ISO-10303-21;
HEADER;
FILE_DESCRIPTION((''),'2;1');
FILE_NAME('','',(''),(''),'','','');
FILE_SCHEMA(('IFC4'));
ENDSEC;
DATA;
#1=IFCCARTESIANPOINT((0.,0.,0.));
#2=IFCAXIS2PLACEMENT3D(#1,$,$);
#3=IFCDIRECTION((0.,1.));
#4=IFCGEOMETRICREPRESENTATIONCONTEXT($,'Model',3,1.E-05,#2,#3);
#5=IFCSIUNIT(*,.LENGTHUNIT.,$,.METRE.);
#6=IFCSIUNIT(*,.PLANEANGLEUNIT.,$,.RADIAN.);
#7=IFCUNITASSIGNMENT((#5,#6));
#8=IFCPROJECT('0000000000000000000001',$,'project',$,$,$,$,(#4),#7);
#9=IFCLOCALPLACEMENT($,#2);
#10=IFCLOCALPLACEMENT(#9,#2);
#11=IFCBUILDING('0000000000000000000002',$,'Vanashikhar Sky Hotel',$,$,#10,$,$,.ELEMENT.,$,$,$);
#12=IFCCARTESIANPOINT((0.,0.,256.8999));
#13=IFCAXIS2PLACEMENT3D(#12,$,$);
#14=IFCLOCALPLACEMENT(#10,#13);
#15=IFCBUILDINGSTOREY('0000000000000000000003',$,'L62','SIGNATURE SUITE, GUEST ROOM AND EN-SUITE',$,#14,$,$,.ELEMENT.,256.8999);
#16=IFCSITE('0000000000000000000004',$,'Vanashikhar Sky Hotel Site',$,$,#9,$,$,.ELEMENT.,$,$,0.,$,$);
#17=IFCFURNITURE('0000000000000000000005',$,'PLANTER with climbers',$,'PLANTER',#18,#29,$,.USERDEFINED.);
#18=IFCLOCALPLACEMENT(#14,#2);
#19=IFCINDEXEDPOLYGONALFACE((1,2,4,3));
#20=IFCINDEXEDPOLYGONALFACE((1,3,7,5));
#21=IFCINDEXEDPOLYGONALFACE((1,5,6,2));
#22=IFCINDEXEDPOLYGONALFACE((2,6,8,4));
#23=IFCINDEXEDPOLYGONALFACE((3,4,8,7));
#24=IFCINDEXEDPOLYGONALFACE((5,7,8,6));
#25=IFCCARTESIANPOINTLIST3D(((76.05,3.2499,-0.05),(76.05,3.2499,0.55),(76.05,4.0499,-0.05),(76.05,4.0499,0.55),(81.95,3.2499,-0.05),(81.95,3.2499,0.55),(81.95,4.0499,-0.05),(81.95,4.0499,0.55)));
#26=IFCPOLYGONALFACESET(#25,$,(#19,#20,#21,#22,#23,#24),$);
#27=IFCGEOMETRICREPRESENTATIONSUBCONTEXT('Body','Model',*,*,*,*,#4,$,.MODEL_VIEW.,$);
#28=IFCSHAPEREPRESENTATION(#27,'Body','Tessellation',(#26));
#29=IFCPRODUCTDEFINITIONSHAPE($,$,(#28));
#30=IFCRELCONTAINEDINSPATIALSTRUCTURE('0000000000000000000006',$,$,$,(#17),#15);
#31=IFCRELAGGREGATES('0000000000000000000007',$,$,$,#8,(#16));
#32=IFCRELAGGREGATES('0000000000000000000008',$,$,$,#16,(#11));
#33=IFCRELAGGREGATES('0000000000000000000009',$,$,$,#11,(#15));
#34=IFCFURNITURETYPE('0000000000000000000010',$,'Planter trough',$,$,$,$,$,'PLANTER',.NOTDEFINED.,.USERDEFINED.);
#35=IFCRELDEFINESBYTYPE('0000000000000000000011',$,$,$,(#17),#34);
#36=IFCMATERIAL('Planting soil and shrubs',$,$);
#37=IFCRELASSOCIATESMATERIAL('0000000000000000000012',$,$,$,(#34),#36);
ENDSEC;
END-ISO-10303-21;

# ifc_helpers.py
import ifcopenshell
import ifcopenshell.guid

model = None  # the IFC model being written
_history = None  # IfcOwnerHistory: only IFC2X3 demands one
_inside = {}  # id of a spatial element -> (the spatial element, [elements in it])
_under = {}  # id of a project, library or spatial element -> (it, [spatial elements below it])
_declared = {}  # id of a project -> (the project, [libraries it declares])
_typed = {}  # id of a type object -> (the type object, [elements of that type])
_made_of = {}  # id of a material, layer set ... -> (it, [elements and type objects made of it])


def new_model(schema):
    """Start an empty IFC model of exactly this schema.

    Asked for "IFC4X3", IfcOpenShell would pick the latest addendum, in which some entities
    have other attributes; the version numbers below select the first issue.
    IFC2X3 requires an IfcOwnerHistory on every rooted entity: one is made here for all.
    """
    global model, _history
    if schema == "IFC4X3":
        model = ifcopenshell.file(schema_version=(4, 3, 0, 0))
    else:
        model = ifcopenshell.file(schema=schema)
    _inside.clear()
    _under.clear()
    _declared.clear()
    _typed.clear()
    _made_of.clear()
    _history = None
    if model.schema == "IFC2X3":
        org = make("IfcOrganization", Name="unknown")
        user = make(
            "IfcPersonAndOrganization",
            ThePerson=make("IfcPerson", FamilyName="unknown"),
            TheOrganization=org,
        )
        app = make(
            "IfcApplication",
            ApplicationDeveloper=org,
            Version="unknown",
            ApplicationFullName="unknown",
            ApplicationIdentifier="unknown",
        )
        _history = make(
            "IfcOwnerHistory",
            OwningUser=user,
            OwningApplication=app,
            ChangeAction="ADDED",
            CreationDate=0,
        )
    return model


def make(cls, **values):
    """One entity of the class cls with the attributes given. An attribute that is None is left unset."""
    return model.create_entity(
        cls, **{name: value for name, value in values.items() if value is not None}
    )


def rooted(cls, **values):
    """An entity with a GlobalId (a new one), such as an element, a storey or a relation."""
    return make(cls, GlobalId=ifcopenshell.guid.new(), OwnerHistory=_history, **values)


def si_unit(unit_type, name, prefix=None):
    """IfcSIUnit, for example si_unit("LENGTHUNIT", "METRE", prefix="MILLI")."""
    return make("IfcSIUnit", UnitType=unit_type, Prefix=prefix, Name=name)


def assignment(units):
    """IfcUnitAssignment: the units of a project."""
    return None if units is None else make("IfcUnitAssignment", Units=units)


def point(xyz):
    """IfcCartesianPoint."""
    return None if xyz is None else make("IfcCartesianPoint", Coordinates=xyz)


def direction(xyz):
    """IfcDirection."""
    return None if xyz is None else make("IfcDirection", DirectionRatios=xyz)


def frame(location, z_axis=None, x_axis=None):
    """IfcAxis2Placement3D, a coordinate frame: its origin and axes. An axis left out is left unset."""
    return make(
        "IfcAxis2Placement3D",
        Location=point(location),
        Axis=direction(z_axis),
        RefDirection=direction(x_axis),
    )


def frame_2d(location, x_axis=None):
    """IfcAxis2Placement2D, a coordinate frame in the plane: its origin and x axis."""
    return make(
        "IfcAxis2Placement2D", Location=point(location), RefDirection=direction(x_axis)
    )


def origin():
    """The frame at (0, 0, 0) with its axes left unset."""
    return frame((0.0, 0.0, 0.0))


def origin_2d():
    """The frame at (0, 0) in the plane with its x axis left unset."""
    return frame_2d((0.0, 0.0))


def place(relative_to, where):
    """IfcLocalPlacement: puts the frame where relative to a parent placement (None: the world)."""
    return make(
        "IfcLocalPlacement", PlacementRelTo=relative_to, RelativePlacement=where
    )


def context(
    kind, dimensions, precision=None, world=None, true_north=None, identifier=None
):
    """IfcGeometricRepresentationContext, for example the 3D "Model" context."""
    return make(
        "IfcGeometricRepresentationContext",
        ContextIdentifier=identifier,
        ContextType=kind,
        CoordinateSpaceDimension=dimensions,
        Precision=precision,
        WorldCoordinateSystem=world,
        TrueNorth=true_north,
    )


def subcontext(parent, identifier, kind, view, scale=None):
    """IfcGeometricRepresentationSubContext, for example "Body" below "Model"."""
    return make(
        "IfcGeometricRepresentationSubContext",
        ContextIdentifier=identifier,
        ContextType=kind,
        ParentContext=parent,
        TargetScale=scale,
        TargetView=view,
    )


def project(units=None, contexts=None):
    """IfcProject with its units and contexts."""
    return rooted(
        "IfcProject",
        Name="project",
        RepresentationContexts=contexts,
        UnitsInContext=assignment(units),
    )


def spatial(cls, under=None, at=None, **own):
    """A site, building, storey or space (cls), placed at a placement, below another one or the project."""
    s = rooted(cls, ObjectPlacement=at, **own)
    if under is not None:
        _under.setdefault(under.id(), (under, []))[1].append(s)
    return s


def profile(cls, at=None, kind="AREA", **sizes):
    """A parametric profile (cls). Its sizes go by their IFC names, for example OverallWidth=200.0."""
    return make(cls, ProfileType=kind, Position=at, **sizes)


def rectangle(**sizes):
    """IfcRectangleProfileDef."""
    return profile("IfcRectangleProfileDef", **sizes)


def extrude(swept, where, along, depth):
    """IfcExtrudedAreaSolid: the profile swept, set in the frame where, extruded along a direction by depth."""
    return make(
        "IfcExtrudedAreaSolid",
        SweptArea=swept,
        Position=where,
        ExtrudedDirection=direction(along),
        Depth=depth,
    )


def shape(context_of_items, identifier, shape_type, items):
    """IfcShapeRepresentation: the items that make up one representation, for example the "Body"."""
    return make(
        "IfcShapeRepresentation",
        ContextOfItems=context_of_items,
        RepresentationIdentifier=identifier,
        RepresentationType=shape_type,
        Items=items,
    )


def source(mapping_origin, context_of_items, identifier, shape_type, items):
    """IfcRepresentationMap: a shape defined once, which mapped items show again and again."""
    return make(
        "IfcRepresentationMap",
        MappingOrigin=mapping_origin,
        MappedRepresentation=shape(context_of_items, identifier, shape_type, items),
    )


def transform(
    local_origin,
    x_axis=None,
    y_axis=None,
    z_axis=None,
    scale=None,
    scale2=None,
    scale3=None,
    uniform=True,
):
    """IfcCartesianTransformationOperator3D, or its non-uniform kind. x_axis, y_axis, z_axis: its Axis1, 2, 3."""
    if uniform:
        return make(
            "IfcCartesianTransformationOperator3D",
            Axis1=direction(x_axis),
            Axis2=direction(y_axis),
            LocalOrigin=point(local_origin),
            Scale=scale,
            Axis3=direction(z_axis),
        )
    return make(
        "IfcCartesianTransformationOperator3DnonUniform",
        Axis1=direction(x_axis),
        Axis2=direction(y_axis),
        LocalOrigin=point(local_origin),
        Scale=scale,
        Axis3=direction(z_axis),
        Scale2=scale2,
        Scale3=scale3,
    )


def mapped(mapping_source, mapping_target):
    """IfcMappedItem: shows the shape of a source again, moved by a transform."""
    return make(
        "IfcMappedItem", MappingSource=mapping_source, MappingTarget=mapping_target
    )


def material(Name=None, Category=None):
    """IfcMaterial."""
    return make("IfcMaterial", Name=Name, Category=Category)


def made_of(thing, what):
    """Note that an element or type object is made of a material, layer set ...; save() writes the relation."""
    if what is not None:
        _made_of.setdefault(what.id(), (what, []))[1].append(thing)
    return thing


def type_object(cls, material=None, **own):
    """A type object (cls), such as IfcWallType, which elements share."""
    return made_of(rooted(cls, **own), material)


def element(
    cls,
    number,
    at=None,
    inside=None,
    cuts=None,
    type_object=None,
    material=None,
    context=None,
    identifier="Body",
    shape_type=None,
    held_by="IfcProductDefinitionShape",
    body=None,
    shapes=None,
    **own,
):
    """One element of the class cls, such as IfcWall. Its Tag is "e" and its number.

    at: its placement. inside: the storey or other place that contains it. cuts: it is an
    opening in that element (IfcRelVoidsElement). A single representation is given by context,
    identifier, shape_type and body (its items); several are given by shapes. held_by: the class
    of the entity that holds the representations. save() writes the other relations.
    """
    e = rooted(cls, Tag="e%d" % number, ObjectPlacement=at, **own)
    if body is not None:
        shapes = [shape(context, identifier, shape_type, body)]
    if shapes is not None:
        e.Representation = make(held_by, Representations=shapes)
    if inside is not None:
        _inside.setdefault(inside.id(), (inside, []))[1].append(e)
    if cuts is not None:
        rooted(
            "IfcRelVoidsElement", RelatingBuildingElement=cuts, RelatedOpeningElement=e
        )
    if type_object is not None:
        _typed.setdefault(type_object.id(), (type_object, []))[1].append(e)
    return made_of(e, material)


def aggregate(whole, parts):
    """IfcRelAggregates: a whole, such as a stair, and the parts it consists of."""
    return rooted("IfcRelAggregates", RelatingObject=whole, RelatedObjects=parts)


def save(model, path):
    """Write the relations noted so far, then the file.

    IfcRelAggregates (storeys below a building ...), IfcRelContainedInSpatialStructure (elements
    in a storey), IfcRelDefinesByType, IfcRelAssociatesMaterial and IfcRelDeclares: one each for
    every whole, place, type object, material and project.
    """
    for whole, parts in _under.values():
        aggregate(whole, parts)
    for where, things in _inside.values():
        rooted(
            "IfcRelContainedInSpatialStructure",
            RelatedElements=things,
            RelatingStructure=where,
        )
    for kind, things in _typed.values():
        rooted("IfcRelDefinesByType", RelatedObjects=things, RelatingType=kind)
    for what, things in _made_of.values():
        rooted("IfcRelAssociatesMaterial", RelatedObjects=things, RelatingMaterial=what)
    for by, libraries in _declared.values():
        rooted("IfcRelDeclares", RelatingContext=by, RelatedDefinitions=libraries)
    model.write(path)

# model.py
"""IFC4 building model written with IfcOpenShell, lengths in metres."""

from ifc_helpers import new_model, si_unit, direction, frame, origin, origin_2d, place, context, subcontext, project, spatial, rectangle, extrude, source, transform, mapped, material, type_object, element, save


model = new_model("IFC4")

# Units and contexts
model_context = context("Model", 3, precision=1e-05, world=origin(), true_north=direction((0.0, 1.0)))
body_context = subcontext(model_context, "Body", "Model", "MODEL_VIEW")
ifc_project = project(units=[si_unit("LENGTHUNIT", "METRE"), si_unit("PLANEANGLEUNIT", "RADIAN")], contexts=[model_context])

# Site, building, storey
site_placement = place(None, origin())
site = spatial("IfcSite", under=ifc_project, at=site_placement, Name="Vanashikhar Sky Hotel Site", CompositionType="ELEMENT", RefElevation=0.0)
building_placement = place(site_placement, origin())
building = spatial("IfcBuilding", under=site, at=building_placement, Name="Vanashikhar Sky Hotel", CompositionType="ELEMENT")
storey_placement = place(building_placement, frame((0.0, 0.0, 256.8999)))
storey = spatial("IfcBuildingStorey", under=building, at=storey_placement, Name="L62", Description="SIGNATURE SUITE, GUEST ROOM AND EN-SUITE", CompositionType="ELEMENT", Elevation=256.8999)

# Furniture
ifc_material_1 = material(Name="Planting soil and shrubs")
furniture_type = type_object("IfcFurnitureType", Name="Planter trough", ElementType="PLANTER", AssemblyPlace="NOTDEFINED", PredefinedType="USERDEFINED", material=ifc_material_1)
shared_shape_1 = source(origin(), body_context, "Body", "SweptSolid", [
    extrude(rectangle(XDim=5.8999, YDim=0.8, at=origin_2d()), origin(), (0.0, 0.0, 1.0), 0.6001),
])
furniture_placement = place(storey_placement, frame((79.0, 3.6499, -0.05), z_axis=(0.0, 0.0, 1.0), x_axis=(1.0, 0.0, 0.0)))
element("IfcFurniture", 1, at=furniture_placement, inside=storey, type_object=furniture_type, Name="PLANTER with climbers", ObjectType="PLANTER", PredefinedType="USERDEFINED", context=body_context, shape_type="MappedRepresentation", body=[
    mapped(shared_shape_1, transform((0.0, 0.0, 0.0), scale=1.0)),
])

save(model, "model.ifc")
